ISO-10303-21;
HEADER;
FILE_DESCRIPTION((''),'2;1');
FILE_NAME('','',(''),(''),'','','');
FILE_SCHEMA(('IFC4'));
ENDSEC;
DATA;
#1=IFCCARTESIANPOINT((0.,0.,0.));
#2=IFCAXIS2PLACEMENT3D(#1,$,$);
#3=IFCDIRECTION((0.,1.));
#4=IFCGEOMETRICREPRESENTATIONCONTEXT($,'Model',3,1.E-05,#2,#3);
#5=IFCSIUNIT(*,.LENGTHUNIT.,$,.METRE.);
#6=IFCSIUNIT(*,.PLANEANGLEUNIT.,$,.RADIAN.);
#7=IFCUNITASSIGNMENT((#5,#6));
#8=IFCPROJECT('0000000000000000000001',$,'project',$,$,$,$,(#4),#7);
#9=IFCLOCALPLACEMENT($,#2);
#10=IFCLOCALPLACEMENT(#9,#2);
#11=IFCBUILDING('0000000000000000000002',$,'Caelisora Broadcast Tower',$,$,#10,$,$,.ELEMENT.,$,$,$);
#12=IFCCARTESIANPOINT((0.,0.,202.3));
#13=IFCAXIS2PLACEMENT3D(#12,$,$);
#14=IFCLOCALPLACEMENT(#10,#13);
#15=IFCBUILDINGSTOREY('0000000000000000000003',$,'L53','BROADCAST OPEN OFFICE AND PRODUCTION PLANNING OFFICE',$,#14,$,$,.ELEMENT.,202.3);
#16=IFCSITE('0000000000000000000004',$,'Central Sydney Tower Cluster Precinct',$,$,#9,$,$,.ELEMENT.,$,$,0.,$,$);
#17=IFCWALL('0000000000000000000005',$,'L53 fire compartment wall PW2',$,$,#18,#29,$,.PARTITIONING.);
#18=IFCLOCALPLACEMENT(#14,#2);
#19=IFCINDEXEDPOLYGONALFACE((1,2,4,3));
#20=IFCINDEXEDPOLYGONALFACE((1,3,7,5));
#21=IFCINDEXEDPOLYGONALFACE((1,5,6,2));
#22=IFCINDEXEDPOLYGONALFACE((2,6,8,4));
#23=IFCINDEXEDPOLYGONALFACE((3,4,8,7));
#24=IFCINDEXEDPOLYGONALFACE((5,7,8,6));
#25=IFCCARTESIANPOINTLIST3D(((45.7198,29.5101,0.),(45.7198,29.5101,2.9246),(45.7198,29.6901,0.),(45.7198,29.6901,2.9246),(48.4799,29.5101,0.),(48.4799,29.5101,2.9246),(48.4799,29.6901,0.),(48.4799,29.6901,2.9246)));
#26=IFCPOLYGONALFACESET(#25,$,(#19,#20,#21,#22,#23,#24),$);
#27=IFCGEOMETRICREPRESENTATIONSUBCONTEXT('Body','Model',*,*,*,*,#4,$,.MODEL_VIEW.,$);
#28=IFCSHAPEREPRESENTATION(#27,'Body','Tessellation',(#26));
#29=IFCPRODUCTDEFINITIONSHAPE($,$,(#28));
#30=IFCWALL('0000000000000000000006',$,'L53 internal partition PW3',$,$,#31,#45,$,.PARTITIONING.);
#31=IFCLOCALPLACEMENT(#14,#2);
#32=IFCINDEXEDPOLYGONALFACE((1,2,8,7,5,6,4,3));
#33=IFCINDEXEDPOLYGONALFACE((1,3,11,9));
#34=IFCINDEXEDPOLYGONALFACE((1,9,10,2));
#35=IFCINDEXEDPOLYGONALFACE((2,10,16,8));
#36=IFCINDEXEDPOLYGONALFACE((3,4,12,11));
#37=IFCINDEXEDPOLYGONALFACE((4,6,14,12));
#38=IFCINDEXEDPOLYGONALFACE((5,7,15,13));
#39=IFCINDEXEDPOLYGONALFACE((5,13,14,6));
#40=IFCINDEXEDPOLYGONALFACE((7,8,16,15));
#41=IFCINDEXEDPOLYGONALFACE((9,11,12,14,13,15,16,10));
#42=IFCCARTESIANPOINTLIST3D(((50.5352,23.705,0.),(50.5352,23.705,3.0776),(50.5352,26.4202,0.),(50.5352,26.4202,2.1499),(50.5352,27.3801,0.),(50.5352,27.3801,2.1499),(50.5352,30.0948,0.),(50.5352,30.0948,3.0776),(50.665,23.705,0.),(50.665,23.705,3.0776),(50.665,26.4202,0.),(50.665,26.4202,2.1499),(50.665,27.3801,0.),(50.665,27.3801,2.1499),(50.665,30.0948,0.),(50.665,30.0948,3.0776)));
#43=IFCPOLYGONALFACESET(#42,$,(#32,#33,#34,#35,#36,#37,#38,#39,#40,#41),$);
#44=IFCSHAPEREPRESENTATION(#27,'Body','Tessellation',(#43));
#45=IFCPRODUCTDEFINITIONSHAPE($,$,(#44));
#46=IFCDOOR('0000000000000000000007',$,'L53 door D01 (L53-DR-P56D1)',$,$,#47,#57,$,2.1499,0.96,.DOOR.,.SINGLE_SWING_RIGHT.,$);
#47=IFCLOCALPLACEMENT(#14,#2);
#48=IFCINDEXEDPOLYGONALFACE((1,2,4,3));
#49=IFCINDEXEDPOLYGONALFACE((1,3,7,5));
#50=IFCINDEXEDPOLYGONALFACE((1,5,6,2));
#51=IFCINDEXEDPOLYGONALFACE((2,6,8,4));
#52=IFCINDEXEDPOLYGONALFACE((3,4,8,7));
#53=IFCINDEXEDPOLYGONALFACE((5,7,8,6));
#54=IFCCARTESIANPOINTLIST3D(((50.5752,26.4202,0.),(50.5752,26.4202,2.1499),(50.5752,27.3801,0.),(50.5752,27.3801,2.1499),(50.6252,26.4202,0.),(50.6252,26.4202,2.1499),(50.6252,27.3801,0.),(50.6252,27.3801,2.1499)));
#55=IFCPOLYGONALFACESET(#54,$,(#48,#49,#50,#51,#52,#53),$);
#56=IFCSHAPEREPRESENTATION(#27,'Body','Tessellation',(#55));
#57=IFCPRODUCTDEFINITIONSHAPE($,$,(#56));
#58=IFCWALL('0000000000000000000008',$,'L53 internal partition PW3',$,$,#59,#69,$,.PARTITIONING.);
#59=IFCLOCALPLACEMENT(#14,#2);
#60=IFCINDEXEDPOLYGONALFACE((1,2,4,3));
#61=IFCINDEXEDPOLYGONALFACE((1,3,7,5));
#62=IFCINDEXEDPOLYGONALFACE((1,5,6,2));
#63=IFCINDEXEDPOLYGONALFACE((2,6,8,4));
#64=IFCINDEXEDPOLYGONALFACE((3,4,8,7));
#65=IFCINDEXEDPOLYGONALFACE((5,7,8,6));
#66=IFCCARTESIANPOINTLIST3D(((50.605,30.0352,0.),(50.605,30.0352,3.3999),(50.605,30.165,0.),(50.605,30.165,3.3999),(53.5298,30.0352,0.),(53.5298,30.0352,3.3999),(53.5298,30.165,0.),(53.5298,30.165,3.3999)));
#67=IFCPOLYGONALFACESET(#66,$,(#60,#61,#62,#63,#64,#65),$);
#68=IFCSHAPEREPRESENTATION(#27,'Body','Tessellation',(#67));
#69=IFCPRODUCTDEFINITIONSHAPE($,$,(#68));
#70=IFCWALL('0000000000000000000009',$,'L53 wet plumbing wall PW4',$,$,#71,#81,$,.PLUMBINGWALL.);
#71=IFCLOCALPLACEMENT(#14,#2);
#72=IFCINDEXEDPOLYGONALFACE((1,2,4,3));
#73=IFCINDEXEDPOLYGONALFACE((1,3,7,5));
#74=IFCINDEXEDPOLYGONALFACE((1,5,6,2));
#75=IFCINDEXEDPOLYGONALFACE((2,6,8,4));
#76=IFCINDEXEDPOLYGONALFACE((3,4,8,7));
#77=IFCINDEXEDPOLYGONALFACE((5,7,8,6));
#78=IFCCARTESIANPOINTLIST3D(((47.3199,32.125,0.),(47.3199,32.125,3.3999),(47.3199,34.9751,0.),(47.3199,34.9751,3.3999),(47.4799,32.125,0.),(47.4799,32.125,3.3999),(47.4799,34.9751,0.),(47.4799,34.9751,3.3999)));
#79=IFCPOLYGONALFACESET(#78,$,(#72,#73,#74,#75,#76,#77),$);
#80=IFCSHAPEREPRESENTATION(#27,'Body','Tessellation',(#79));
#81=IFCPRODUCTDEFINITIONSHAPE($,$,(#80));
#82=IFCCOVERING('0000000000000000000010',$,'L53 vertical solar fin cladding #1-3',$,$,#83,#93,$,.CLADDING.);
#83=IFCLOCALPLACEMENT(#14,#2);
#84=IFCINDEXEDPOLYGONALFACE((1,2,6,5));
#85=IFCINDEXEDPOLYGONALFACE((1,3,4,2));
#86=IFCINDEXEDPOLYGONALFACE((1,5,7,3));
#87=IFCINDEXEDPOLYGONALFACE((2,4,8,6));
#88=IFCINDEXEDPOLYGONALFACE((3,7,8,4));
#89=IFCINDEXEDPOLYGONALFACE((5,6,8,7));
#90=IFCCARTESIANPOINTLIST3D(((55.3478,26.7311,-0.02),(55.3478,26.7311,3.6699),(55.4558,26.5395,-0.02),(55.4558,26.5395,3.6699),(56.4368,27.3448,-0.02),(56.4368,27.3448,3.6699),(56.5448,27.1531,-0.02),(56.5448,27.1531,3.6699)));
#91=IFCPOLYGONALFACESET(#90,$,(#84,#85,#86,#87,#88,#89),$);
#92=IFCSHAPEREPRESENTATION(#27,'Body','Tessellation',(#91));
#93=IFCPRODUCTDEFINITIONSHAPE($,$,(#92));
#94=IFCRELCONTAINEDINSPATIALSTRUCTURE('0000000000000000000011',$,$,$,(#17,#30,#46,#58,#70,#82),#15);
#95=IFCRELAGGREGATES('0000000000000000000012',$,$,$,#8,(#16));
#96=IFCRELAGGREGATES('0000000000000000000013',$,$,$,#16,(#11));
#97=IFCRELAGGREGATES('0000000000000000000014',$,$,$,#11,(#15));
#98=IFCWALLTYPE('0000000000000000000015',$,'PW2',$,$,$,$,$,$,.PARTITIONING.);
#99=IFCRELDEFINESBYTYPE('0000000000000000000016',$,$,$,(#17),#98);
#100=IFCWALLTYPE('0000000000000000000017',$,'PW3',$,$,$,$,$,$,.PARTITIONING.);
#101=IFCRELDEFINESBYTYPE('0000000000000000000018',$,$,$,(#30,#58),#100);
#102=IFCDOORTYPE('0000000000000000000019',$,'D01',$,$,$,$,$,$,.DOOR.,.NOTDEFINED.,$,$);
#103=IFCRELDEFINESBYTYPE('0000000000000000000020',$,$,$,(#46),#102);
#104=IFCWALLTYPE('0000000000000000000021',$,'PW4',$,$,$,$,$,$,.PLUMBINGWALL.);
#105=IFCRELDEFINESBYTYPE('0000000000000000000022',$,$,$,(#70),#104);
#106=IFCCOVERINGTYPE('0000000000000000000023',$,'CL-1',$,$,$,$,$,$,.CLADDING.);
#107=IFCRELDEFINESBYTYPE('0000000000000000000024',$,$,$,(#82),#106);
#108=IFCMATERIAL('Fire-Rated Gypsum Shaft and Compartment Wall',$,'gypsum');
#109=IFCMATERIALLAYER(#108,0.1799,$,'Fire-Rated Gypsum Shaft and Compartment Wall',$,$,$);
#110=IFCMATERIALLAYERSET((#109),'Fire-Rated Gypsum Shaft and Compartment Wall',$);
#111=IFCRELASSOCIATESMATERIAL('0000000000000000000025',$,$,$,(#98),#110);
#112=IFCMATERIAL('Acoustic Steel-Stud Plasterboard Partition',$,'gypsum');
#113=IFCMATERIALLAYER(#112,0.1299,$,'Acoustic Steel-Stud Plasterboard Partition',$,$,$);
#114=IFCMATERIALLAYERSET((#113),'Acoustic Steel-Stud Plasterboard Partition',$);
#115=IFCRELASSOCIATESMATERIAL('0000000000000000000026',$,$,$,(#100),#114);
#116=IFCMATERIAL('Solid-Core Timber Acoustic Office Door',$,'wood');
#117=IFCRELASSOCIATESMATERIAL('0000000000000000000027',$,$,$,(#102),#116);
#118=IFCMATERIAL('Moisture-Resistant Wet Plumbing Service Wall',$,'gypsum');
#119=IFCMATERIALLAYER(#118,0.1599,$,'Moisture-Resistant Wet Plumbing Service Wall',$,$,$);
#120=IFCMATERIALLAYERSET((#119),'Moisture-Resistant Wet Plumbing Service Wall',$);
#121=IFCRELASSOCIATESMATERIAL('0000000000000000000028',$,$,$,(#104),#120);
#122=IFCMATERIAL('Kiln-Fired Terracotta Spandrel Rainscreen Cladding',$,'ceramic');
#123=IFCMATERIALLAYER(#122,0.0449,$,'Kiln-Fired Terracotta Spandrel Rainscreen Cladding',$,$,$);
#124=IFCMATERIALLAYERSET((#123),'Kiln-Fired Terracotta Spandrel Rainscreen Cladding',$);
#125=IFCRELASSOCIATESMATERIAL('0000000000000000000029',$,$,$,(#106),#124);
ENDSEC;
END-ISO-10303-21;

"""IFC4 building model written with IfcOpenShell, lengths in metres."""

from ifc_helpers import new_model, si_unit, direction, frame, frame_2d, origin, origin_2d, place, context, subcontext, project, spatial, rectangle, extrude, source, transform, mapped, material, layer, layer_set, type_object, type_shapes, element, fill, save


model = new_model("IFC4")

# Units and contexts
model_context = context("Model", 3, precision=1e-05, world=origin(), true_north=direction((0.0, 1.0)))
body_context = subcontext(model_context, "Body", "Model", "MODEL_VIEW")
ifc_project = project(units=[si_unit("LENGTHUNIT", "METRE"), si_unit("PLANEANGLEUNIT", "RADIAN")], contexts=[model_context])

# Site, building, storey
site_placement = place(None, origin())
site = spatial("IfcSite", under=ifc_project, at=site_placement, Name="Central Sydney Tower Cluster Precinct", CompositionType="ELEMENT", RefElevation=0.0)
building_placement = place(site_placement, origin())
building = spatial("IfcBuilding", under=site, at=building_placement, Name="Caelisora Broadcast Tower", CompositionType="ELEMENT")
storey_placement = place(building_placement, frame((0.0, 0.0, 202.3)))
storey = spatial("IfcBuildingStorey", under=building, at=storey_placement, Name="L53", Description="BROADCAST OPEN OFFICE AND PRODUCTION PLANNING OFFICE", CompositionType="ELEMENT", Elevation=202.3)

# Wall
ifc_material_1 = material(Name="Fire-Rated Gypsum Shaft and Compartment Wall", Category="gypsum")
ifc_layer_1 = layer(ifc_material_1, 0.1799, Name="Fire-Rated Gypsum Shaft and Compartment Wall")
ifc_layer_set_1 = layer_set([ifc_layer_1], Name="Fire-Rated Gypsum Shaft and Compartment Wall")
wall_type_1 = type_object("IfcWallType", Name="PW2", PredefinedType="PARTITIONING", material=ifc_layer_set_1)
wall_1_placement = place(storey_placement, frame((45.72, 29.6001, 0.0), z_axis=(0.0, 0.0, 1.0), x_axis=(1.0, 0.0, 0.0)))
element("IfcWall", 1, at=wall_1_placement, inside=storey, type_object=wall_type_1, Name="L53 fire compartment wall PW2", PredefinedType="PARTITIONING", context=body_context, shape_type="SweptSolid", body=[
    extrude(rectangle(XDim=2.76, YDim=0.1799, at=frame_2d((1.3799, 0.0))), origin(), (0.0, 0.0, 1.0), 2.9246),
])

# Wall, opening, door
ifc_material_2 = material(Name="Acoustic Steel-Stud Plasterboard Partition", Category="gypsum")
ifc_layer_2 = layer(ifc_material_2, 0.1299, Name="Acoustic Steel-Stud Plasterboard Partition")
ifc_layer_set_2 = layer_set([ifc_layer_2], Name="Acoustic Steel-Stud Plasterboard Partition")
wall_type_2 = type_object("IfcWallType", Name="PW3", PredefinedType="PARTITIONING", material=ifc_layer_set_2)
wall_2_placement = place(storey_placement, frame((50.6001, 23.7051, 0.0), z_axis=(0.0, 0.0, 1.0), x_axis=(0.0, 1.0, 0.0)))
wall_2 = element("IfcWall", 2, at=wall_2_placement, inside=storey, type_object=wall_type_2, Name="L53 internal partition PW3", PredefinedType="PARTITIONING", context=body_context, shape_type="SweptSolid", body=[
    extrude(rectangle(XDim=6.3899, YDim=0.1299, at=frame_2d((3.1948, 0.0))), origin(), (0.0, 0.0, 1.0), 3.0776),
])
opening_placement = place(wall_2_placement, frame((2.7151, 0.0, 0.0)))
opening = element("IfcOpeningElement", 3, at=opening_placement, cuts=wall_2, PredefinedType="OPENING", context=body_context, shape_type="SweptSolid", body=[
    extrude(rectangle(XDim=0.96, YDim=2.1499, at=frame_2d((0.48, 1.075))), frame((0.0, 0.0769, 0.0), z_axis=(0.0, -1.0, 0.0), x_axis=(1.0, 0.0, 0.0)), (0.0, 0.0, 1.0), 0.1538),
])
ifc_material_3 = material(Name="Solid-Core Timber Acoustic Office Door", Category="wood")
door_type = type_object("IfcDoorType", Name="D01", OperationType="NOTDEFINED", PredefinedType="DOOR", material=ifc_material_3)
door_placement = place(opening_placement, origin())
door = element("IfcDoor", 4, at=door_placement, inside=storey, type_object=door_type, Name="L53 door D01 (L53-DR-P56D1)", OperationType="SINGLE_SWING_RIGHT", OverallHeight=2.1499, OverallWidth=0.96, PredefinedType="DOOR", context=body_context, shape_type="SweptSolid", body=[
    extrude(rectangle(XDim=0.96, YDim=2.1499, at=frame_2d((0.48, 1.075))), frame((0.0, 0.0249, 0.0), z_axis=(0.0, -1.0, 0.0), x_axis=(1.0, 0.0, 0.0)), (0.0, 0.0, 1.0), 0.05),
])
fill(opening, door)

# Walls
wall_3_placement = place(storey_placement, frame((50.605, 30.1001, 0.0), z_axis=(0.0, 0.0, 1.0), x_axis=(1.0, 0.0, 0.0)))
element("IfcWall", 5, at=wall_3_placement, inside=storey, type_object=wall_type_2, Name="L53 internal partition PW3", PredefinedType="PARTITIONING", context=body_context, shape_type="SweptSolid", body=[
    extrude(rectangle(XDim=2.9248, YDim=0.1299, at=frame_2d((1.4624, 0.0))), origin(), (0.0, 0.0, 1.0), 3.3999),
])
ifc_material_4 = material(Name="Moisture-Resistant Wet Plumbing Service Wall", Category="gypsum")
ifc_layer_3 = layer(ifc_material_4, 0.1599, Name="Moisture-Resistant Wet Plumbing Service Wall")
ifc_layer_set_3 = layer_set([ifc_layer_3], Name="Moisture-Resistant Wet Plumbing Service Wall")
wall_type_3 = type_object("IfcWallType", Name="PW4", PredefinedType="PLUMBINGWALL", material=ifc_layer_set_3)
wall_4_placement = place(storey_placement, frame((47.3999, 32.125, 0.0), z_axis=(0.0, 0.0, 1.0), x_axis=(0.0, 1.0, 0.0)))
element("IfcWall", 6, at=wall_4_placement, inside=storey, type_object=wall_type_3, Name="L53 wet plumbing wall PW4", PredefinedType="PLUMBINGWALL", context=body_context, shape_type="SweptSolid", body=[
    extrude(rectangle(XDim=2.8501, YDim=0.1599, at=frame_2d((1.425, 0.0))), origin(), (0.0, 0.0, 1.0), 3.3999),
])

# Covering
ifc_material_5 = material(Name="Kiln-Fired Terracotta Spandrel Rainscreen Cladding", Category="ceramic")
ifc_layer_4 = layer(ifc_material_5, 0.0449, Name="Kiln-Fired Terracotta Spandrel Rainscreen Cladding")
ifc_layer_set_4 = layer_set([ifc_layer_4], Name="Kiln-Fired Terracotta Spandrel Rainscreen Cladding")
covering_type = type_object("IfcCoveringType", Name="CL-1", PredefinedType="CLADDING", material=ifc_layer_set_4)
shared_shape_1 = source(origin(), body_context, "Body", "SweptSolid", [
    extrude(rectangle(XDim=0.22, YDim=1.25, at=origin_2d()), origin(), (0.0, 0.0, 1.0), 3.6899),
])
type_shapes(covering_type, [shared_shape_1])
covering_placement = place(storey_placement, frame((55.9463, 26.9421, -0.02), z_axis=(0.0, 0.0, 1.0), x_axis=(0.490904, -0.871214, 0.0)))
element("IfcCovering", 7, at=covering_placement, inside=storey, type_object=covering_type, Name="L53 vertical solar fin cladding #1-3", PredefinedType="CLADDING", context=body_context, shape_type="MappedRepresentation", body=[
    mapped(shared_shape_1, transform((0.0, 0.0, 0.0), scale=1.0)),
])

save(model, "model.ifc")
